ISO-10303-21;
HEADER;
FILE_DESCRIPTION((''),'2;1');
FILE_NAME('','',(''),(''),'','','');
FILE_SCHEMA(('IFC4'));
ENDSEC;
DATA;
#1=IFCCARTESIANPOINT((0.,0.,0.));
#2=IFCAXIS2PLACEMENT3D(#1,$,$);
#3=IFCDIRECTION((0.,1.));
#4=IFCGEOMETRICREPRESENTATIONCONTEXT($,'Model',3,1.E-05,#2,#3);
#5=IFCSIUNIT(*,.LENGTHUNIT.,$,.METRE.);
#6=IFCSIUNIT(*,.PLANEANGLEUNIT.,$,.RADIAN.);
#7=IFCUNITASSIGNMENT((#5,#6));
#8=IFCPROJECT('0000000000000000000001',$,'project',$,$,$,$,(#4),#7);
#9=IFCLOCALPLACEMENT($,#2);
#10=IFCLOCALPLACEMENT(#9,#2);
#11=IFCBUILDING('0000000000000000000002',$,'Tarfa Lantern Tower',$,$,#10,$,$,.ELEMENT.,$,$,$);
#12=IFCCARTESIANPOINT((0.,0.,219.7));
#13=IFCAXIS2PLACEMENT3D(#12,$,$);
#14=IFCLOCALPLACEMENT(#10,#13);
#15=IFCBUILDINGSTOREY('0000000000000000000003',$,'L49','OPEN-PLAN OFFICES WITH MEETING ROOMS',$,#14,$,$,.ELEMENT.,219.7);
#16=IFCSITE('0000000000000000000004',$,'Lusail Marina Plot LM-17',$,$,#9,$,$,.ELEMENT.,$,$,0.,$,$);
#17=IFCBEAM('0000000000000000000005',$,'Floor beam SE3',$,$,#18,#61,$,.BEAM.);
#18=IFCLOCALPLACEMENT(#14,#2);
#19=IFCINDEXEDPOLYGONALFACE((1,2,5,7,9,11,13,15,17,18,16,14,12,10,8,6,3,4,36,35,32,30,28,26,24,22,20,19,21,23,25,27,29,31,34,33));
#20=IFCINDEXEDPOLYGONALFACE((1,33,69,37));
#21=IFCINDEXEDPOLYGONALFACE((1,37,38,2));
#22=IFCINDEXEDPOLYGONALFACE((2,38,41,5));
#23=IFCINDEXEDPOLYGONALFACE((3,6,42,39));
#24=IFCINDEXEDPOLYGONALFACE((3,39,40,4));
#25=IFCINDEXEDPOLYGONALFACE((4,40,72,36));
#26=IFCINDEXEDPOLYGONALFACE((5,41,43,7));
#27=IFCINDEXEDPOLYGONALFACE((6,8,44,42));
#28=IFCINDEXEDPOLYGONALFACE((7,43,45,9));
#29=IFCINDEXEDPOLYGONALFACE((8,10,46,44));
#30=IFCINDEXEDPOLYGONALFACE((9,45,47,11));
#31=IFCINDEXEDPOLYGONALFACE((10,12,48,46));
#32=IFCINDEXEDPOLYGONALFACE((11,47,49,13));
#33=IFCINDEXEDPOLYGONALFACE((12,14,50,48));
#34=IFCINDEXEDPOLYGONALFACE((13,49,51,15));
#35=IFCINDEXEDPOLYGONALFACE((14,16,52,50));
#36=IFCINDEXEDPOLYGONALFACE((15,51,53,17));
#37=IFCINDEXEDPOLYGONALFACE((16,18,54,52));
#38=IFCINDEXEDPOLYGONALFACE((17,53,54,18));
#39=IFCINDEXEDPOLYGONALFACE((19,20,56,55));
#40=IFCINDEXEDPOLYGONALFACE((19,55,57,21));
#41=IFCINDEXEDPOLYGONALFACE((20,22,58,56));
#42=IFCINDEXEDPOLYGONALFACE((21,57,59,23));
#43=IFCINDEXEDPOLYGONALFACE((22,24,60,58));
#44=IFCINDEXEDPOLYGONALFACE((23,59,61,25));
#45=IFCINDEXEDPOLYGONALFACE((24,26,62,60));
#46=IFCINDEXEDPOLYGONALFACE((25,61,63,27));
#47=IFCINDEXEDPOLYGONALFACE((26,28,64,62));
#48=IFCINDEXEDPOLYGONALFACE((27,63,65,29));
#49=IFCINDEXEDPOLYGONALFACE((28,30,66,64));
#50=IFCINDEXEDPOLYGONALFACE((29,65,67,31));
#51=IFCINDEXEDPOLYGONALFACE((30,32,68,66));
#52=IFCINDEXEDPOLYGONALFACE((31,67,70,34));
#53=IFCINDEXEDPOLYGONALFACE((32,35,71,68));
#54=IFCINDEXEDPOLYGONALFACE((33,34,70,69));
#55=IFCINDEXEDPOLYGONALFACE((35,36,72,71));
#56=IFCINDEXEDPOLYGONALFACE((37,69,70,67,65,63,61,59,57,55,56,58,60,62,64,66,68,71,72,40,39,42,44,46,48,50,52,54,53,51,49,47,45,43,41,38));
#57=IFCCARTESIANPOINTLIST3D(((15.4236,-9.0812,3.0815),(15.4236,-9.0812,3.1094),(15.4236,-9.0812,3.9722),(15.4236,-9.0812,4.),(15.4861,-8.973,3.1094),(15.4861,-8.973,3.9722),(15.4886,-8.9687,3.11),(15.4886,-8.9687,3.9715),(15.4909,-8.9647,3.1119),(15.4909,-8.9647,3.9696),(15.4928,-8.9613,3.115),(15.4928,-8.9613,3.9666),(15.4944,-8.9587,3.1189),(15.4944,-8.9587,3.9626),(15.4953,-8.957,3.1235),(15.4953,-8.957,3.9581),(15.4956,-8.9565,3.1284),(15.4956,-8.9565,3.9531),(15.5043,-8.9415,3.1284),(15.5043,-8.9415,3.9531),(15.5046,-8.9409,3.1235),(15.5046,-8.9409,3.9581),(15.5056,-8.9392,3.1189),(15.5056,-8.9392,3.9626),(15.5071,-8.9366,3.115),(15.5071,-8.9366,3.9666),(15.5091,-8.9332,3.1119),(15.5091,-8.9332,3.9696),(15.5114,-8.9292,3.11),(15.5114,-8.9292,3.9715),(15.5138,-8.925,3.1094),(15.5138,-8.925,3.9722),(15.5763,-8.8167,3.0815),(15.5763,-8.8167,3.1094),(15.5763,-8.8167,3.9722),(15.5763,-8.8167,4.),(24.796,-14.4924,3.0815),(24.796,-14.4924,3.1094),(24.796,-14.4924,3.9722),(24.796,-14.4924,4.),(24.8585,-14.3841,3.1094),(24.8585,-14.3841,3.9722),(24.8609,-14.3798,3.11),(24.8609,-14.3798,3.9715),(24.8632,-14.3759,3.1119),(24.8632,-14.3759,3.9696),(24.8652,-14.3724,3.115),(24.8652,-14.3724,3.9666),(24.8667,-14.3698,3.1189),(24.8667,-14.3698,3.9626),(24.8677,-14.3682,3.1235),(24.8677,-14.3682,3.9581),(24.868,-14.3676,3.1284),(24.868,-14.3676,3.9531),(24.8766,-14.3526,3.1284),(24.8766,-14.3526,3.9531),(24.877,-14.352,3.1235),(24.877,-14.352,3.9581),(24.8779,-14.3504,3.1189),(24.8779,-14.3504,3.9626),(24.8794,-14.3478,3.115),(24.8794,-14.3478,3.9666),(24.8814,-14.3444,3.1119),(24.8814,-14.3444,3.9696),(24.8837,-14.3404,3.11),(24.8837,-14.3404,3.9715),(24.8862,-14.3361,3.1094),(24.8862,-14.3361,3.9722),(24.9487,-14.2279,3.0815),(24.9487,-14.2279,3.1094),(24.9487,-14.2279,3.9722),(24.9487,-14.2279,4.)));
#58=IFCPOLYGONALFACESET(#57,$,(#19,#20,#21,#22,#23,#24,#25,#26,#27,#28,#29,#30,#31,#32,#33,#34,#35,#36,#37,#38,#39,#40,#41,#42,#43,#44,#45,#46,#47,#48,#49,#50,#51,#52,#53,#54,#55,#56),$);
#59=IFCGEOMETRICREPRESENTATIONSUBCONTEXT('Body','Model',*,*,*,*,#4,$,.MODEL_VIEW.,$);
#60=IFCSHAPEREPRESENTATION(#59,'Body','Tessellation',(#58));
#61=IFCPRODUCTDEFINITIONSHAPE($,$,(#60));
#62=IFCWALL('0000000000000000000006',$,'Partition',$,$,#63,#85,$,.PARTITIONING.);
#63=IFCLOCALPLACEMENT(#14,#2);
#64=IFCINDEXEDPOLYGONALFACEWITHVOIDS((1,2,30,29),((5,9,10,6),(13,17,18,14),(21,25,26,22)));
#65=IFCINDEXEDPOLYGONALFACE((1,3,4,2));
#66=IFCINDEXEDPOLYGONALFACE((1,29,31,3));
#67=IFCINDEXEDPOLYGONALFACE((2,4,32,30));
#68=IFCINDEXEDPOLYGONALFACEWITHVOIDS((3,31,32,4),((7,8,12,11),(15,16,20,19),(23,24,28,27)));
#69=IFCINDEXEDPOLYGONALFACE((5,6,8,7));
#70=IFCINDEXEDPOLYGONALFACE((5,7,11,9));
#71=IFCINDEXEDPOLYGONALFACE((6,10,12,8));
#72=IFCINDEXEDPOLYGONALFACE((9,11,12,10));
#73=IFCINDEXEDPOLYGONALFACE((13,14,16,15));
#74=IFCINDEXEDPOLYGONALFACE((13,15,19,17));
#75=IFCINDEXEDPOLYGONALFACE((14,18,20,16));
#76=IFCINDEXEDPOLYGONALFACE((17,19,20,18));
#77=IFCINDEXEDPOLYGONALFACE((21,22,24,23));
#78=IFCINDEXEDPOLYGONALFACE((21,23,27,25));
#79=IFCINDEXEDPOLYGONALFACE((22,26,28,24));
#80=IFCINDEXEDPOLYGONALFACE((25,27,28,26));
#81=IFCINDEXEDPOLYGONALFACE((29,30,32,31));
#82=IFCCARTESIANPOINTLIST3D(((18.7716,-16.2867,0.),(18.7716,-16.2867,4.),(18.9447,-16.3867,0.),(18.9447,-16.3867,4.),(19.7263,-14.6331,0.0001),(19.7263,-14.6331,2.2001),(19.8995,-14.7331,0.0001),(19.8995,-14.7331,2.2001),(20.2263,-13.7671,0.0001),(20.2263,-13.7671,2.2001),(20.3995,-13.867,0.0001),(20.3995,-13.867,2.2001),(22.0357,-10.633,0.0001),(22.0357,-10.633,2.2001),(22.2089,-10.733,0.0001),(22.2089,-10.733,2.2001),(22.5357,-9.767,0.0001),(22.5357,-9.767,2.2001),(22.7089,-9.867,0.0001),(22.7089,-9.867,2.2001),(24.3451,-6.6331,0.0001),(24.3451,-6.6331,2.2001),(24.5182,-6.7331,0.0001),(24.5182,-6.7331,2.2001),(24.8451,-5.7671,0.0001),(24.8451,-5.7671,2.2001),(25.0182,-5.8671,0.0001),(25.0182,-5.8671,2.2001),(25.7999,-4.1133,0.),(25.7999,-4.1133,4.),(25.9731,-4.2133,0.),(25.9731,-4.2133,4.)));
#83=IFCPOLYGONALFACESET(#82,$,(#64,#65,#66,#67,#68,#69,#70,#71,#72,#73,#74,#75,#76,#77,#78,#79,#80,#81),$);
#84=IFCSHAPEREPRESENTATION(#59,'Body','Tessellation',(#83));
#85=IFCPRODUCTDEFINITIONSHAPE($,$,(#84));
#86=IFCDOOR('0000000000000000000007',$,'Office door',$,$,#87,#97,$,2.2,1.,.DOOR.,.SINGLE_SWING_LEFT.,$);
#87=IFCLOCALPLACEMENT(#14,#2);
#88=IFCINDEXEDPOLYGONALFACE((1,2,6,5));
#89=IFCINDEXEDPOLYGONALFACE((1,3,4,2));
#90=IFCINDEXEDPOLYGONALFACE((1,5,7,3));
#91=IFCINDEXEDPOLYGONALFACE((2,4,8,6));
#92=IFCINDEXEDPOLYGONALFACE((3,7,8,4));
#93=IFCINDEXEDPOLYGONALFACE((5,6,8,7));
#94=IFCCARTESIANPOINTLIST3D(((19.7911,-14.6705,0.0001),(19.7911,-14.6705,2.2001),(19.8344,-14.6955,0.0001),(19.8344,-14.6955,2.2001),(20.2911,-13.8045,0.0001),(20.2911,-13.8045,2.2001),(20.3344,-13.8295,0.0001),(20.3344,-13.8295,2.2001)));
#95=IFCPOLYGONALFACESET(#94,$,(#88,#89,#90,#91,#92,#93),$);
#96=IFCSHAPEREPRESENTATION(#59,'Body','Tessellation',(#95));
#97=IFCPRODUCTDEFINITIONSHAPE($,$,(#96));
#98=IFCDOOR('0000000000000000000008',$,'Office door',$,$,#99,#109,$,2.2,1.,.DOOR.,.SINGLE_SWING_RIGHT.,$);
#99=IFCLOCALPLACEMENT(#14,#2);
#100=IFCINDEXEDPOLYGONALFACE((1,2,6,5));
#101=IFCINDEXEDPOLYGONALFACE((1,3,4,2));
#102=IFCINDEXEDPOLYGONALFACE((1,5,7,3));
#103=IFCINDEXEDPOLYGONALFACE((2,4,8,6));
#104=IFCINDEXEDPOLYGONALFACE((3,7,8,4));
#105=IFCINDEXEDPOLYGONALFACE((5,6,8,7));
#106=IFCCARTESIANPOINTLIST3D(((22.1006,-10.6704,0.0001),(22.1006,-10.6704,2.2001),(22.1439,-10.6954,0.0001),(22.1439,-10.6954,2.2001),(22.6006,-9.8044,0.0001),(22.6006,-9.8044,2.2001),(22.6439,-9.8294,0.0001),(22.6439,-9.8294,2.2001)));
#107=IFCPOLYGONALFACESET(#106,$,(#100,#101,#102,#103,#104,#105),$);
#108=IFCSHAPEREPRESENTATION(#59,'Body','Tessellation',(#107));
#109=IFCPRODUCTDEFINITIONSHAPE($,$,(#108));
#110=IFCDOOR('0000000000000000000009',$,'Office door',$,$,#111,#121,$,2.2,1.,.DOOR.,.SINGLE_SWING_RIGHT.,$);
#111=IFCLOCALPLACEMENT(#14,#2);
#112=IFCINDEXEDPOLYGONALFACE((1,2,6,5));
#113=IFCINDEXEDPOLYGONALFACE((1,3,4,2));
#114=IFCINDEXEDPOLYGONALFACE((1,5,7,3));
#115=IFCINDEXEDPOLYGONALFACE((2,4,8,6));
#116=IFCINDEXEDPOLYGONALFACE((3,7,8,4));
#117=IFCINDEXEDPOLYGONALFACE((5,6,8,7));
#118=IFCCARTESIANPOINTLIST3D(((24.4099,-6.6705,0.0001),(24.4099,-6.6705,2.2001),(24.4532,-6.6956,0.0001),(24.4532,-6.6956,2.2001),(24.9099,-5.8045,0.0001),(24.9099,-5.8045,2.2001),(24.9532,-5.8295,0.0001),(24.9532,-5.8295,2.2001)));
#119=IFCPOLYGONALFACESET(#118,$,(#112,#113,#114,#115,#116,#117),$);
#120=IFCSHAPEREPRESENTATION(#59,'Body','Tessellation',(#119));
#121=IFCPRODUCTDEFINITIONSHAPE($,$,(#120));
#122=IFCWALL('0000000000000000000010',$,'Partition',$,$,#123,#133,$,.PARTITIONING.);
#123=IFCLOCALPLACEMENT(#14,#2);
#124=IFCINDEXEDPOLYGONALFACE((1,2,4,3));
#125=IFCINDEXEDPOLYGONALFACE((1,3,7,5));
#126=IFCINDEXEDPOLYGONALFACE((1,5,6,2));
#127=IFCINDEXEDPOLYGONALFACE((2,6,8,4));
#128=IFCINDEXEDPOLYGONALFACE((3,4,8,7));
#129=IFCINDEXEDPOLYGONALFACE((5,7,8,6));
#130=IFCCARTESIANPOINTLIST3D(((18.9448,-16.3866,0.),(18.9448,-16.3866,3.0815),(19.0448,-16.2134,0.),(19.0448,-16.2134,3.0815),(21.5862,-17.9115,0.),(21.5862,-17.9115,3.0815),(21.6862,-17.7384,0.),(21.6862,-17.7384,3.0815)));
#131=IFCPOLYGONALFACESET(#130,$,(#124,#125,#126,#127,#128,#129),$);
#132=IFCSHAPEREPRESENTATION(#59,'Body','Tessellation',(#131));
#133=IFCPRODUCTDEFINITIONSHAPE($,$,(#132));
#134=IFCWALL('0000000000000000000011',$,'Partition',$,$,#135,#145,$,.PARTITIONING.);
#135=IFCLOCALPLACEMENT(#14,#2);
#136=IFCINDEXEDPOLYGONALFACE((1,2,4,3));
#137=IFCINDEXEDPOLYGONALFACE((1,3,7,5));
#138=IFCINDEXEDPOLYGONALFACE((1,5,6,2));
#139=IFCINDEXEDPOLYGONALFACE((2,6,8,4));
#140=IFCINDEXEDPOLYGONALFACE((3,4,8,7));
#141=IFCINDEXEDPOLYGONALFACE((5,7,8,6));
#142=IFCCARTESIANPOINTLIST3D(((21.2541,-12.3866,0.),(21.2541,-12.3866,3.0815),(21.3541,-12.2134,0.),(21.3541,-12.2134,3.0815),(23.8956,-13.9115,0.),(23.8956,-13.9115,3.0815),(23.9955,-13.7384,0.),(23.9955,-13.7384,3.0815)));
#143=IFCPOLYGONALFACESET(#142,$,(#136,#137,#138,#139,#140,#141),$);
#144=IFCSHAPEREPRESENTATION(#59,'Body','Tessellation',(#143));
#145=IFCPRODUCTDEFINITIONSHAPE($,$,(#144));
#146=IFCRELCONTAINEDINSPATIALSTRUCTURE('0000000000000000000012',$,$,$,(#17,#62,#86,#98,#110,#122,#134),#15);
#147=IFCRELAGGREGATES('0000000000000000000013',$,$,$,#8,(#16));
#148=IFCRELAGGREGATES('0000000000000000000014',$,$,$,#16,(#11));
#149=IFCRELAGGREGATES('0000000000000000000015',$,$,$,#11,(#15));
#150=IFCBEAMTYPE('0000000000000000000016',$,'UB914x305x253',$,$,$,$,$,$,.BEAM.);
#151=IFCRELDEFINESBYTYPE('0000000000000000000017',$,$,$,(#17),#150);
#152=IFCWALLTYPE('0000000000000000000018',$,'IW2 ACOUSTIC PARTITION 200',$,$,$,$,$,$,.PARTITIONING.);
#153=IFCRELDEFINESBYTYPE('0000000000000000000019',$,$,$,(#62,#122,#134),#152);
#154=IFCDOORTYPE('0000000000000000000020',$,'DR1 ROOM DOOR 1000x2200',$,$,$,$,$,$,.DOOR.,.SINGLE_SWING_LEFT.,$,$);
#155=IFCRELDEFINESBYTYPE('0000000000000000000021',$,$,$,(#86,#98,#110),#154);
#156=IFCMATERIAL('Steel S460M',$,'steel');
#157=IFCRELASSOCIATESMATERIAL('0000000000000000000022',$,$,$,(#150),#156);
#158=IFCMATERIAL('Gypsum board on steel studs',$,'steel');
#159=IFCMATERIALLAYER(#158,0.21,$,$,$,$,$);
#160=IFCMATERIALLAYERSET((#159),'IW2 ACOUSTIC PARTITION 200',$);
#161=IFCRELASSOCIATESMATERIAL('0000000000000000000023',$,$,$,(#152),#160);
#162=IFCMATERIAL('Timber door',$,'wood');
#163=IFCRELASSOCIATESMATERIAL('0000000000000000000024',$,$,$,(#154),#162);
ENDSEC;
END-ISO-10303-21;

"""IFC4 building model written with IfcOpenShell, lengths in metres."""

from ifc_helpers import new_model, si_unit, direction, frame, frame_2d, origin, origin_2d, place, context, subcontext, project, spatial, rectangle, i_section, extrude, material, layer, layer_set, material_profile, profile_set, type_object, element, fill, save


model = new_model("IFC4")

# Units and contexts
model_context = context("Model", 3, precision=1e-05, world=origin(), true_north=direction((0.0, 1.0)))
body_context = subcontext(model_context, "Body", "Model", "MODEL_VIEW")
ifc_project = project(units=[si_unit("LENGTHUNIT", "METRE"), si_unit("PLANEANGLEUNIT", "RADIAN")], contexts=[model_context])

# Site, building, storey
site_placement = place(None, origin())
site = spatial("IfcSite", under=ifc_project, at=site_placement, Name="Lusail Marina Plot LM-17", CompositionType="ELEMENT", RefElevation=0.0)
building_placement = place(site_placement, origin())
building = spatial("IfcBuilding", under=site, at=building_placement, Name="Tarfa Lantern Tower", CompositionType="ELEMENT")
storey_placement = place(building_placement, frame((0.0, 0.0, 219.7)))
storey = spatial("IfcBuildingStorey", under=building, at=storey_placement, Name="L49", Description="OPEN-PLAN OFFICES WITH MEETING ROOMS", CompositionType="ELEMENT", Elevation=219.7)

# Beam
ifc_material_1 = material(Name="Steel S460M", Category="steel")
ifc_material_profile_1 = material_profile(ifc_material_1, i_section(OverallWidth=0.3054, OverallDepth=0.9185, WebThickness=0.0173, FlangeThickness=0.0278, FilletRadius=0.019, at=origin_2d()), Name="UB914x305x253")
ifc_profile_set_1 = profile_set([ifc_material_profile_1], Name="Steel S460M")
beam_type_1 = type_object("IfcBeamType", Name="UB914x305x253", PredefinedType="BEAM", material=ifc_profile_set_1)
beam_1_placement = place(storey_placement, frame((24.8723, -14.3601, 3.5408), z_axis=(-0.866024, 0.500002, 0.0), x_axis=(-0.500002, -0.866024, 0.0)))
element("IfcBeam", 1, at=beam_1_placement, inside=storey, type_object=beam_type_1, Name="Floor beam SE3", PredefinedType="BEAM", context=body_context, shape_type="SweptSolid", body=[
    extrude(i_section(OverallWidth=0.3054, OverallDepth=0.9185, WebThickness=0.0173, FlangeThickness=0.0278, FilletRadius=0.019, at=origin_2d()), origin(), (0.0, 0.0, 1.0), 10.8223),
])

# Wall, openings, doors
ifc_material_2 = material(Name="Gypsum board on steel studs", Category="steel")
ifc_layer_1 = layer(ifc_material_2, 0.21)
ifc_layer_set_1 = layer_set([ifc_layer_1], Name="IW2 ACOUSTIC PARTITION 200")
wall_type_1 = type_object("IfcWallType", Name="IW2 ACOUSTIC PARTITION 200", PredefinedType="PARTITIONING", material=ifc_layer_set_1)
wall_1_placement = place(storey_placement, frame((18.8582, -16.3367, 0.0), z_axis=(0.0, 0.0, 1.0), x_axis=(0.500002, 0.866024, 0.0)))
wall_1 = element("IfcWall", 2, at=wall_1_placement, inside=storey, type_object=wall_type_1, Name="Partition", PredefinedType="PARTITIONING", context=body_context, shape_type="SweptSolid", body=[
    extrude(rectangle(XDim=14.0566, YDim=0.2, at=frame_2d((7.0283, 0.0))), origin(), (0.0, 0.0, 1.0), 4.0),
])
opening_1_placement = place(wall_1_placement, frame((1.9094, 0.0, 0.0)))
opening_1 = element("IfcOpeningElement", 3, at=opening_1_placement, cuts=wall_1, PredefinedType="OPENING", context=body_context, shape_type="SweptSolid", body=[
    extrude(rectangle(XDim=1.0, YDim=2.2, at=frame_2d((0.5, 1.1001))), frame((0.0, 0.1099, 0.0), z_axis=(0.0, -1.0, 0.0), x_axis=(1.0, 0.0, 0.0)), (0.0, 0.0, 1.0), 0.22),
])
opening_2_placement = place(wall_1_placement, frame((6.5283, 0.0, 0.0)))
opening_2 = element("IfcOpeningElement", 4, at=opening_2_placement, cuts=wall_1, PredefinedType="OPENING", context=body_context, shape_type="SweptSolid", body=[
    extrude(rectangle(XDim=1.0, YDim=2.2, at=frame_2d((0.5, 1.1001))), frame((0.0, 0.1099, 0.0), z_axis=(0.0, -1.0, 0.0), x_axis=(1.0, 0.0, 0.0)), (0.0, 0.0, 1.0), 0.22),
])
opening_3_placement = place(wall_1_placement, frame((11.147, 0.0, 0.0)))
opening_3 = element("IfcOpeningElement", 5, at=opening_3_placement, cuts=wall_1, PredefinedType="OPENING", context=body_context, shape_type="SweptSolid", body=[
    extrude(rectangle(XDim=1.0, YDim=2.2, at=frame_2d((0.5, 1.1001))), frame((0.0, 0.1099, 0.0), z_axis=(0.0, -1.0, 0.0), x_axis=(1.0, 0.0, 0.0)), (0.0, 0.0, 1.0), 0.22),
])
ifc_material_3 = material(Name="Timber door", Category="wood")
door_type_1 = type_object("IfcDoorType", Name="DR1 ROOM DOOR 1000x2200", OperationType="SINGLE_SWING_LEFT", PredefinedType="DOOR", material=ifc_material_3)
door_1_placement = place(opening_1_placement, frame((1.0, 0.0, 0.0), z_axis=(0.0, 0.0, 1.0), x_axis=(-1.0, 0.0, 0.0)))
door_1 = element("IfcDoor", 6, at=door_1_placement, inside=storey, type_object=door_type_1, Name="Office door", OperationType="SINGLE_SWING_LEFT", OverallHeight=2.2, OverallWidth=1.0, PredefinedType="DOOR", context=body_context, shape_type="SweptSolid", body=[
    extrude(rectangle(XDim=1.0, YDim=2.2, at=frame_2d((0.5, 1.1001))), frame((0.0, 0.0249, 0.0), z_axis=(0.0, -1.0, 0.0), x_axis=(1.0, 0.0, 0.0)), (0.0, 0.0, 1.0), 0.05),
])
fill(opening_1, door_1)
door_2_placement = place(opening_2_placement, frame((1.0, 0.0, 0.0), z_axis=(0.0, 0.0, 1.0), x_axis=(-1.0, 0.0, 0.0)))
door_2 = element("IfcDoor", 7, at=door_2_placement, inside=storey, type_object=door_type_1, Name="Office door", OperationType="SINGLE_SWING_RIGHT", OverallHeight=2.2, OverallWidth=1.0, PredefinedType="DOOR", context=body_context, shape_type="SweptSolid", body=[
    extrude(rectangle(XDim=1.0, YDim=2.2, at=frame_2d((0.5, 1.1001))), frame((0.0, 0.0249, 0.0), z_axis=(0.0, -1.0, 0.0), x_axis=(1.0, 0.0, 0.0)), (0.0, 0.0, 1.0), 0.05),
])
fill(opening_2, door_2)
door_3_placement = place(opening_3_placement, frame((1.0, 0.0, 0.0), z_axis=(0.0, 0.0, 1.0), x_axis=(-1.0, 0.0, 0.0)))
door_3 = element("IfcDoor", 8, at=door_3_placement, inside=storey, type_object=door_type_1, Name="Office door", OperationType="SINGLE_SWING_RIGHT", OverallHeight=2.2, OverallWidth=1.0, PredefinedType="DOOR", context=body_context, shape_type="SweptSolid", body=[
    extrude(rectangle(XDim=1.0, YDim=2.2, at=frame_2d((0.5, 1.1001))), frame((0.0, 0.0249, 0.0), z_axis=(0.0, -1.0, 0.0), x_axis=(1.0, 0.0, 0.0)), (0.0, 0.0, 1.0), 0.05),
])
fill(opening_3, door_3)

# Walls
for number, where, z_axis, x_axis, name in (
    (9, (18.9949, -16.3, 0.0), (0.0, 0.0, 1.0), (0.866038, -0.499979, 0.0), "Partition"),
    (10, (21.3042, -12.3, 0.0), (0.0, 0.0, 1.0), (0.866038, -0.499979, 0.0), "Partition"),
):
    element("IfcWall", number, at=place(storey_placement, frame(where, z_axis=z_axis, x_axis=x_axis)), inside=storey, type_object=wall_type_1, Name=name, PredefinedType="PARTITIONING", context=body_context, shape_type="SweptSolid", body=[
        extrude(rectangle(XDim=3.05, YDim=0.2, at=frame_2d((1.5249, 0.0))), origin(), (0.0, 0.0, 1.0), 3.0815),
    ])

save(model, "model.ifc")
